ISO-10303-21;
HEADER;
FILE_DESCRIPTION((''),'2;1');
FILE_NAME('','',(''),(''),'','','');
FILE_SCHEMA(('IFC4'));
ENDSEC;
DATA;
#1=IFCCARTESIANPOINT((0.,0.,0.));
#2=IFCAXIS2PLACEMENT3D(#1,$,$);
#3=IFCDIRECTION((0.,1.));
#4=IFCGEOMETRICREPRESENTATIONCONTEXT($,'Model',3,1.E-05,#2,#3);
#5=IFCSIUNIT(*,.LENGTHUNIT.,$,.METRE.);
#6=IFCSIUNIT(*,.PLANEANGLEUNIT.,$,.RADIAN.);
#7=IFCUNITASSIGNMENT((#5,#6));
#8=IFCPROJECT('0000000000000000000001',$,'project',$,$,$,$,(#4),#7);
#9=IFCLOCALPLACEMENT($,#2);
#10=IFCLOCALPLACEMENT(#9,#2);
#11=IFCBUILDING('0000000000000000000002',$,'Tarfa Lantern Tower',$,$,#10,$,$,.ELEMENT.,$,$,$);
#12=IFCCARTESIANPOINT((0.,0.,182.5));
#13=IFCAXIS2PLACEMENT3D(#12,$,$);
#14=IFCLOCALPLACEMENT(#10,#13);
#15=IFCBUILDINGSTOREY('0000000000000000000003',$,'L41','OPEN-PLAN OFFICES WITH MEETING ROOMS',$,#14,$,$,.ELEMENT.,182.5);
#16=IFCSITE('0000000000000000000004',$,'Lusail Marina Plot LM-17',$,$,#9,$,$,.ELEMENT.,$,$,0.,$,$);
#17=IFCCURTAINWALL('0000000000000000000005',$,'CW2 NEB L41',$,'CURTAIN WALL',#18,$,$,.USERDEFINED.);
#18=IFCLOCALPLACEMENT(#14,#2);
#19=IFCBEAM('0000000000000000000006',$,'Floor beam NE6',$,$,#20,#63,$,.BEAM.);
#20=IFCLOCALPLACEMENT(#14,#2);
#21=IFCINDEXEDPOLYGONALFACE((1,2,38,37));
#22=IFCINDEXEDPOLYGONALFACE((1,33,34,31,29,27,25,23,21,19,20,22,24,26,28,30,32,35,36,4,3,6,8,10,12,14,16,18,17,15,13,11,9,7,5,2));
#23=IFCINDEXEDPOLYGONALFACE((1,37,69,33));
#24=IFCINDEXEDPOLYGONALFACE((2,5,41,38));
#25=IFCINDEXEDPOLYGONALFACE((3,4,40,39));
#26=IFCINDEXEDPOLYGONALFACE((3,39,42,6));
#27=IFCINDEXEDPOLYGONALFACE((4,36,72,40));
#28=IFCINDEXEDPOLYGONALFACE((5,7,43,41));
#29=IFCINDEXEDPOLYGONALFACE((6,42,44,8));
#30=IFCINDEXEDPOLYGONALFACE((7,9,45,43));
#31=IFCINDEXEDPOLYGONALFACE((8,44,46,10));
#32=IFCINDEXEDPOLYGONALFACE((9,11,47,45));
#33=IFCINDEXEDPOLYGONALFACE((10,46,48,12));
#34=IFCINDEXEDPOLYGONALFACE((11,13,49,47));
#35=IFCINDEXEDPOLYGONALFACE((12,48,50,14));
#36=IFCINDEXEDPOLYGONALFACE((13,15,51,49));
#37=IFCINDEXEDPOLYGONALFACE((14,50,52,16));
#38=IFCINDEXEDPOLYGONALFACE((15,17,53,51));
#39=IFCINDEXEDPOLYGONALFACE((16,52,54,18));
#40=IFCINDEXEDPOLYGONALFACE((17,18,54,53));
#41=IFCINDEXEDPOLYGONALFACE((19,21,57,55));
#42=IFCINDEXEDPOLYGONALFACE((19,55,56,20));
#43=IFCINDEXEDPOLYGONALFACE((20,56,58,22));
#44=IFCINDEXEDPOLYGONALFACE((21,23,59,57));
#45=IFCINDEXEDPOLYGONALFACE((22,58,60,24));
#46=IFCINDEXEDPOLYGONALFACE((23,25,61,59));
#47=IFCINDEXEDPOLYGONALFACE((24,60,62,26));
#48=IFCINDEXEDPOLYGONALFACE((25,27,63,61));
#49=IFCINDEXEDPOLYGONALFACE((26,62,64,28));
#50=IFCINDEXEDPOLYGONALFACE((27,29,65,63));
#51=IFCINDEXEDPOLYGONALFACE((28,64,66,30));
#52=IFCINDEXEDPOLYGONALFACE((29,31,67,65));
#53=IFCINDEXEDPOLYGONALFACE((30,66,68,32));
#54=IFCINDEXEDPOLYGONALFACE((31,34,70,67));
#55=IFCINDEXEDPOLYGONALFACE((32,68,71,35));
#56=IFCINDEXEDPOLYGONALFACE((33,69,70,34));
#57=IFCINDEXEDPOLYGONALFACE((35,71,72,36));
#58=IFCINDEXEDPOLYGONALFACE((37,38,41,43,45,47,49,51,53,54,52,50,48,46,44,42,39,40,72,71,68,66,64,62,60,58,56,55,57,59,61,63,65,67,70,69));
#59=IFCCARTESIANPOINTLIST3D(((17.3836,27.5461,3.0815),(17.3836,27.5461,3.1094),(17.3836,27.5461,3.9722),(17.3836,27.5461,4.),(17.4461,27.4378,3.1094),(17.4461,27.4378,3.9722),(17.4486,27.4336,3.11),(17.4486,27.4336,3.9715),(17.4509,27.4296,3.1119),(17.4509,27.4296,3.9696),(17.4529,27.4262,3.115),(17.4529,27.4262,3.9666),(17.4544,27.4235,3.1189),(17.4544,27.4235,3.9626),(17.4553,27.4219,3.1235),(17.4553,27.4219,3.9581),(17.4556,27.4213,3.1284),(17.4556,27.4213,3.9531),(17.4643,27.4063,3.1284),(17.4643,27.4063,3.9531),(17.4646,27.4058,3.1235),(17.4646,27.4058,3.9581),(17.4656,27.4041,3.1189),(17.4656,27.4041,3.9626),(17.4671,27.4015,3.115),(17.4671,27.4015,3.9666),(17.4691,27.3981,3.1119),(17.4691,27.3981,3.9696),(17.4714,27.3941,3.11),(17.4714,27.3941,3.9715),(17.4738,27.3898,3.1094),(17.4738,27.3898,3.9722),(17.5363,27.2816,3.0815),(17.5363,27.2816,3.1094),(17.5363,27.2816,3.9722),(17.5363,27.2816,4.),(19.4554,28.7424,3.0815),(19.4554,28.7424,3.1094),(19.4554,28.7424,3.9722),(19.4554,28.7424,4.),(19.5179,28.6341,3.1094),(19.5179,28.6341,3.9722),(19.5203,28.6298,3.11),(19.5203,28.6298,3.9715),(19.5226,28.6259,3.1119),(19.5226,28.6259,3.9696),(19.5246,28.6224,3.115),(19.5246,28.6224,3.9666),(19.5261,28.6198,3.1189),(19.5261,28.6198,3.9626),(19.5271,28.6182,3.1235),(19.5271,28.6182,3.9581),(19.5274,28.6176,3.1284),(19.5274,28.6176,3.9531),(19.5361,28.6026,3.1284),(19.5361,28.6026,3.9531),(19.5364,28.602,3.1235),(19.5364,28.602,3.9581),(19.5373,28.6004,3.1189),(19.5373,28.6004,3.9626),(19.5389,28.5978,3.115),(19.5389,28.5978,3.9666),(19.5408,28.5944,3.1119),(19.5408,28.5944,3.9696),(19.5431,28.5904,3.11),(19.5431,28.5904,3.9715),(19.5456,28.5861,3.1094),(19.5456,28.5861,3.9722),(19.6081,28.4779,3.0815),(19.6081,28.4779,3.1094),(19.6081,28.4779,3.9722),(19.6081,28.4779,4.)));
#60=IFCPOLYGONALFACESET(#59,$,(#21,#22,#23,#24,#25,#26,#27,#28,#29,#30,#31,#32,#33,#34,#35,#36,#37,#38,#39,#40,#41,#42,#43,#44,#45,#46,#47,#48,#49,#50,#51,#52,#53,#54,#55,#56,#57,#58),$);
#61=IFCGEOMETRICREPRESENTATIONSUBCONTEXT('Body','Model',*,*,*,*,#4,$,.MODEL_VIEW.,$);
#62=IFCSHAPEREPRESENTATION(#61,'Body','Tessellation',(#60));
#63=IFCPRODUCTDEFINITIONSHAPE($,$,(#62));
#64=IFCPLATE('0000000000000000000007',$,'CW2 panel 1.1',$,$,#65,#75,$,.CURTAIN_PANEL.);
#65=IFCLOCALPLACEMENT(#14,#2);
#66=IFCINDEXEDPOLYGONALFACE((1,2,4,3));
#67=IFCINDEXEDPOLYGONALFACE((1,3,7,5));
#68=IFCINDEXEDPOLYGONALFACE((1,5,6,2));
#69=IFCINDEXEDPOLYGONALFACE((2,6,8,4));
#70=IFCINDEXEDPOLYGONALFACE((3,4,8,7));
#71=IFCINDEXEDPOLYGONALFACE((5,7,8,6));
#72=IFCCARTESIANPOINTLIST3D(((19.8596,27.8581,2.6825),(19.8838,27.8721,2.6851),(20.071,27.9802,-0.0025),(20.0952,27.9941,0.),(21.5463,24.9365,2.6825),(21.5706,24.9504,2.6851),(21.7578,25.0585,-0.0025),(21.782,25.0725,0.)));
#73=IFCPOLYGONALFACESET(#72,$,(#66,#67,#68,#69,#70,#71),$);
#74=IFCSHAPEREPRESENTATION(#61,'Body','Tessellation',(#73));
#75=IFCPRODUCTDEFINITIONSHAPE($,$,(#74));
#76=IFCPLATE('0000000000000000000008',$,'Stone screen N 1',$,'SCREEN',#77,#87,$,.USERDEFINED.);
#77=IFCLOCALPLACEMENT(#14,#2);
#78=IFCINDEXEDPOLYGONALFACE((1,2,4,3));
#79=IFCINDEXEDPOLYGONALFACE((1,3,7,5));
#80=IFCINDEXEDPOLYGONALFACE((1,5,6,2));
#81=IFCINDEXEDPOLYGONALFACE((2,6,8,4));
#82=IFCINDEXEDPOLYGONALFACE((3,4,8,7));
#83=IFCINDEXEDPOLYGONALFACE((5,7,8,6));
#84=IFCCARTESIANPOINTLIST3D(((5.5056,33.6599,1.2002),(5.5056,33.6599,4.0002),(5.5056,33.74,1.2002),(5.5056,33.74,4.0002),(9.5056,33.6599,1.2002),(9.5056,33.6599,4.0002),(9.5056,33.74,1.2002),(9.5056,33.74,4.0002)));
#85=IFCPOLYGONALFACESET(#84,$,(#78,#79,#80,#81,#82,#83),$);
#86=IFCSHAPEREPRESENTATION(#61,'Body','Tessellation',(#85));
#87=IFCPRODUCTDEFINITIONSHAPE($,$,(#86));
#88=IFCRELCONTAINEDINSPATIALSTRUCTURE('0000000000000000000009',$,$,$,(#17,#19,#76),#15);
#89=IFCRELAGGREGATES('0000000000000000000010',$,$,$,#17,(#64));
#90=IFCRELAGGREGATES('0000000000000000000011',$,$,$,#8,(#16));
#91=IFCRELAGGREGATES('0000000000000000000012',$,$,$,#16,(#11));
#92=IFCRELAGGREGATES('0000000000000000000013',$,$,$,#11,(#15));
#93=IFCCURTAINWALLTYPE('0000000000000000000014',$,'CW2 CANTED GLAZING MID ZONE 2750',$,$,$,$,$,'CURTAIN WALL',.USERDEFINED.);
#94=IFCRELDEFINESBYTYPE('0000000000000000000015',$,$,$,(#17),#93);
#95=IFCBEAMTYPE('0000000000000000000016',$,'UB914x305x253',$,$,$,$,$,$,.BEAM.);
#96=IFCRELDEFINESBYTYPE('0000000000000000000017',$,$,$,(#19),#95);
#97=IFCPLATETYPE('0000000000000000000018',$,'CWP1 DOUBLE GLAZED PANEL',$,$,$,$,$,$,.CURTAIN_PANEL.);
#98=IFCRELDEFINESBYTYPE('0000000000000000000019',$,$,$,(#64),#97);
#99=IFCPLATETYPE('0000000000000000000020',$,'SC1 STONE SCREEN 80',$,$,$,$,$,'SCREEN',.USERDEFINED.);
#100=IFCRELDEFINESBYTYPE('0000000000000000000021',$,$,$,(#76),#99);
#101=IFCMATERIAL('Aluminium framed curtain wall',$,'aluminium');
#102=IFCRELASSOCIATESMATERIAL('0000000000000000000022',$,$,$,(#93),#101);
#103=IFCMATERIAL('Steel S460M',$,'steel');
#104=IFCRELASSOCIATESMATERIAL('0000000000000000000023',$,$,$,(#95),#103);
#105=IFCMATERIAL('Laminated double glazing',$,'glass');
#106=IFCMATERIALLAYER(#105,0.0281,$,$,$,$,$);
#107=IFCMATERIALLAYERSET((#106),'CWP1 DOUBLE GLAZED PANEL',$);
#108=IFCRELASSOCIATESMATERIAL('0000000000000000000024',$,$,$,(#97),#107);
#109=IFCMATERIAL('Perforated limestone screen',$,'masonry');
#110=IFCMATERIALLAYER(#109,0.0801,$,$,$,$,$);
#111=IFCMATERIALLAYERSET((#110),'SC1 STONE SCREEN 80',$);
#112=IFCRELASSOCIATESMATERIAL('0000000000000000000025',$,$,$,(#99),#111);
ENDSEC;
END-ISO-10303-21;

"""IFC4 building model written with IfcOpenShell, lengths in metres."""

from ifc_helpers import new_model, si_unit, direction, frame, origin, origin_2d, place, context, subcontext, project, spatial, polyline, rectangle, i_section, outline, extrude, material, layer, layer_set, material_profile, profile_set, type_object, element, aggregate, save


model = new_model("IFC4")

# Units and contexts
model_context = context("Model", 3, precision=1e-05, world=origin(), true_north=direction((0.0, 1.0)))
body_context = subcontext(model_context, "Body", "Model", "MODEL_VIEW")
ifc_project = project(units=[si_unit("LENGTHUNIT", "METRE"), si_unit("PLANEANGLEUNIT", "RADIAN")], contexts=[model_context])

# Site, building, storey
site_placement = place(None, origin())
site = spatial("IfcSite", under=ifc_project, at=site_placement, Name="Lusail Marina Plot LM-17", CompositionType="ELEMENT", RefElevation=0.0)
building_placement = place(site_placement, origin())
building = spatial("IfcBuilding", under=site, at=building_placement, Name="Tarfa Lantern Tower", CompositionType="ELEMENT")
storey_placement = place(building_placement, frame((0.0, 0.0, 182.5)))
storey = spatial("IfcBuildingStorey", under=building, at=storey_placement, Name="L41", Description="OPEN-PLAN OFFICES WITH MEETING ROOMS", CompositionType="ELEMENT", Elevation=182.5)

# Shared definitions
ifc_material_1 = material(Name="Aluminium framed curtain wall", Category="aluminium")
curtain_wall_type = type_object("IfcCurtainWallType", Name="CW2 CANTED GLAZING MID ZONE 2750", ElementType="CURTAIN WALL", PredefinedType="USERDEFINED", material=ifc_material_1)

# Curtain wall
curtain_wall_1_placement = place(storey_placement, origin())
curtain_wall_1 = element("IfcCurtainWall", 1, at=curtain_wall_1_placement, inside=storey, type_object=curtain_wall_type, Name="CW2 NEB L41", ObjectType="CURTAIN WALL", PredefinedType="USERDEFINED")

# Beam
ifc_material_2 = material(Name="Steel S460M", Category="steel")
ifc_material_profile_1 = material_profile(ifc_material_2, i_section(OverallWidth=0.3054, OverallDepth=0.9185, WebThickness=0.0173, FlangeThickness=0.0278, FilletRadius=0.019, at=origin_2d()), Name="UB914x305x253")
ifc_profile_set_1 = profile_set([ifc_material_profile_1], Name="Steel S460M")
beam_type_1 = type_object("IfcBeamType", Name="UB914x305x253", PredefinedType="BEAM", material=ifc_profile_set_1)
beam_1_placement = place(storey_placement, frame((19.5317, 28.6101, 3.5408), z_axis=(-0.865999, -0.500046, 0.0), x_axis=(0.500046, -0.865999, 0.0)))
element("IfcBeam", 2, at=beam_1_placement, inside=storey, type_object=beam_type_1, Name="Floor beam NE6", PredefinedType="BEAM", context=body_context, shape_type="SweptSolid", body=[
    extrude(i_section(OverallWidth=0.3054, OverallDepth=0.9185, WebThickness=0.0173, FlangeThickness=0.0278, FilletRadius=0.019, at=origin_2d()), origin(), (0.0, 0.0, 1.0), 2.3923),
])

# Plates
ifc_material_3 = material(Name="Laminated double glazing", Category="glass")
ifc_layer_1 = layer(ifc_material_3, 0.0281)
ifc_layer_set_1 = layer_set([ifc_layer_1], Name="CWP1 DOUBLE GLAZED PANEL")
plate_type_1 = type_object("IfcPlateType", Name="CWP1 DOUBLE GLAZED PANEL", PredefinedType="CURTAIN_PANEL", material=ifc_layer_set_1)
plate_1_placement = place(storey_placement, frame((21.782, 25.0725, 0.0), z_axis=(0.862472, 0.497938, 0.09055), x_axis=(-0.499992, 0.86603, 0.0)))
plate_1 = element("IfcPlate", 3, at=plate_1_placement, type_object=plate_type_1, Name="CW2 panel 1.1", PredefinedType="CURTAIN_PANEL", context=body_context, shape_type="SweptSolid", body=[
    extrude(outline(polyline([(0.0, 0.0), (3.3736, 0.0), (3.3736, 2.6961), (0.0, 2.6961), (0.0, 0.0)])), origin(), (0.0, 0.0, -1.0), 0.0281),
])
aggregate(curtain_wall_1, [plate_1])
ifc_material_4 = material(Name="Perforated limestone screen", Category="masonry")
ifc_layer_2 = layer(ifc_material_4, 0.0801)
ifc_layer_set_2 = layer_set([ifc_layer_2], Name="SC1 STONE SCREEN 80")
plate_type_2 = type_object("IfcPlateType", Name="SC1 STONE SCREEN 80", ElementType="SCREEN", PredefinedType="USERDEFINED", material=ifc_layer_set_2)
plate_2_placement = place(storey_placement, frame((7.5056, 33.7, 1.2002), z_axis=(0.0, 0.0, 1.0), x_axis=(-1.0, 0.0, 0.0)))
element("IfcPlate", 4, at=plate_2_placement, inside=storey, type_object=plate_type_2, Name="Stone screen N 1", ObjectType="SCREEN", PredefinedType="USERDEFINED", context=body_context, shape_type="SweptSolid", body=[
    extrude(rectangle(XDim=4.0, YDim=0.0801, at=origin_2d()), origin(), (0.0, 0.0, 1.0), 2.8),
])

save(model, "model.ifc")
